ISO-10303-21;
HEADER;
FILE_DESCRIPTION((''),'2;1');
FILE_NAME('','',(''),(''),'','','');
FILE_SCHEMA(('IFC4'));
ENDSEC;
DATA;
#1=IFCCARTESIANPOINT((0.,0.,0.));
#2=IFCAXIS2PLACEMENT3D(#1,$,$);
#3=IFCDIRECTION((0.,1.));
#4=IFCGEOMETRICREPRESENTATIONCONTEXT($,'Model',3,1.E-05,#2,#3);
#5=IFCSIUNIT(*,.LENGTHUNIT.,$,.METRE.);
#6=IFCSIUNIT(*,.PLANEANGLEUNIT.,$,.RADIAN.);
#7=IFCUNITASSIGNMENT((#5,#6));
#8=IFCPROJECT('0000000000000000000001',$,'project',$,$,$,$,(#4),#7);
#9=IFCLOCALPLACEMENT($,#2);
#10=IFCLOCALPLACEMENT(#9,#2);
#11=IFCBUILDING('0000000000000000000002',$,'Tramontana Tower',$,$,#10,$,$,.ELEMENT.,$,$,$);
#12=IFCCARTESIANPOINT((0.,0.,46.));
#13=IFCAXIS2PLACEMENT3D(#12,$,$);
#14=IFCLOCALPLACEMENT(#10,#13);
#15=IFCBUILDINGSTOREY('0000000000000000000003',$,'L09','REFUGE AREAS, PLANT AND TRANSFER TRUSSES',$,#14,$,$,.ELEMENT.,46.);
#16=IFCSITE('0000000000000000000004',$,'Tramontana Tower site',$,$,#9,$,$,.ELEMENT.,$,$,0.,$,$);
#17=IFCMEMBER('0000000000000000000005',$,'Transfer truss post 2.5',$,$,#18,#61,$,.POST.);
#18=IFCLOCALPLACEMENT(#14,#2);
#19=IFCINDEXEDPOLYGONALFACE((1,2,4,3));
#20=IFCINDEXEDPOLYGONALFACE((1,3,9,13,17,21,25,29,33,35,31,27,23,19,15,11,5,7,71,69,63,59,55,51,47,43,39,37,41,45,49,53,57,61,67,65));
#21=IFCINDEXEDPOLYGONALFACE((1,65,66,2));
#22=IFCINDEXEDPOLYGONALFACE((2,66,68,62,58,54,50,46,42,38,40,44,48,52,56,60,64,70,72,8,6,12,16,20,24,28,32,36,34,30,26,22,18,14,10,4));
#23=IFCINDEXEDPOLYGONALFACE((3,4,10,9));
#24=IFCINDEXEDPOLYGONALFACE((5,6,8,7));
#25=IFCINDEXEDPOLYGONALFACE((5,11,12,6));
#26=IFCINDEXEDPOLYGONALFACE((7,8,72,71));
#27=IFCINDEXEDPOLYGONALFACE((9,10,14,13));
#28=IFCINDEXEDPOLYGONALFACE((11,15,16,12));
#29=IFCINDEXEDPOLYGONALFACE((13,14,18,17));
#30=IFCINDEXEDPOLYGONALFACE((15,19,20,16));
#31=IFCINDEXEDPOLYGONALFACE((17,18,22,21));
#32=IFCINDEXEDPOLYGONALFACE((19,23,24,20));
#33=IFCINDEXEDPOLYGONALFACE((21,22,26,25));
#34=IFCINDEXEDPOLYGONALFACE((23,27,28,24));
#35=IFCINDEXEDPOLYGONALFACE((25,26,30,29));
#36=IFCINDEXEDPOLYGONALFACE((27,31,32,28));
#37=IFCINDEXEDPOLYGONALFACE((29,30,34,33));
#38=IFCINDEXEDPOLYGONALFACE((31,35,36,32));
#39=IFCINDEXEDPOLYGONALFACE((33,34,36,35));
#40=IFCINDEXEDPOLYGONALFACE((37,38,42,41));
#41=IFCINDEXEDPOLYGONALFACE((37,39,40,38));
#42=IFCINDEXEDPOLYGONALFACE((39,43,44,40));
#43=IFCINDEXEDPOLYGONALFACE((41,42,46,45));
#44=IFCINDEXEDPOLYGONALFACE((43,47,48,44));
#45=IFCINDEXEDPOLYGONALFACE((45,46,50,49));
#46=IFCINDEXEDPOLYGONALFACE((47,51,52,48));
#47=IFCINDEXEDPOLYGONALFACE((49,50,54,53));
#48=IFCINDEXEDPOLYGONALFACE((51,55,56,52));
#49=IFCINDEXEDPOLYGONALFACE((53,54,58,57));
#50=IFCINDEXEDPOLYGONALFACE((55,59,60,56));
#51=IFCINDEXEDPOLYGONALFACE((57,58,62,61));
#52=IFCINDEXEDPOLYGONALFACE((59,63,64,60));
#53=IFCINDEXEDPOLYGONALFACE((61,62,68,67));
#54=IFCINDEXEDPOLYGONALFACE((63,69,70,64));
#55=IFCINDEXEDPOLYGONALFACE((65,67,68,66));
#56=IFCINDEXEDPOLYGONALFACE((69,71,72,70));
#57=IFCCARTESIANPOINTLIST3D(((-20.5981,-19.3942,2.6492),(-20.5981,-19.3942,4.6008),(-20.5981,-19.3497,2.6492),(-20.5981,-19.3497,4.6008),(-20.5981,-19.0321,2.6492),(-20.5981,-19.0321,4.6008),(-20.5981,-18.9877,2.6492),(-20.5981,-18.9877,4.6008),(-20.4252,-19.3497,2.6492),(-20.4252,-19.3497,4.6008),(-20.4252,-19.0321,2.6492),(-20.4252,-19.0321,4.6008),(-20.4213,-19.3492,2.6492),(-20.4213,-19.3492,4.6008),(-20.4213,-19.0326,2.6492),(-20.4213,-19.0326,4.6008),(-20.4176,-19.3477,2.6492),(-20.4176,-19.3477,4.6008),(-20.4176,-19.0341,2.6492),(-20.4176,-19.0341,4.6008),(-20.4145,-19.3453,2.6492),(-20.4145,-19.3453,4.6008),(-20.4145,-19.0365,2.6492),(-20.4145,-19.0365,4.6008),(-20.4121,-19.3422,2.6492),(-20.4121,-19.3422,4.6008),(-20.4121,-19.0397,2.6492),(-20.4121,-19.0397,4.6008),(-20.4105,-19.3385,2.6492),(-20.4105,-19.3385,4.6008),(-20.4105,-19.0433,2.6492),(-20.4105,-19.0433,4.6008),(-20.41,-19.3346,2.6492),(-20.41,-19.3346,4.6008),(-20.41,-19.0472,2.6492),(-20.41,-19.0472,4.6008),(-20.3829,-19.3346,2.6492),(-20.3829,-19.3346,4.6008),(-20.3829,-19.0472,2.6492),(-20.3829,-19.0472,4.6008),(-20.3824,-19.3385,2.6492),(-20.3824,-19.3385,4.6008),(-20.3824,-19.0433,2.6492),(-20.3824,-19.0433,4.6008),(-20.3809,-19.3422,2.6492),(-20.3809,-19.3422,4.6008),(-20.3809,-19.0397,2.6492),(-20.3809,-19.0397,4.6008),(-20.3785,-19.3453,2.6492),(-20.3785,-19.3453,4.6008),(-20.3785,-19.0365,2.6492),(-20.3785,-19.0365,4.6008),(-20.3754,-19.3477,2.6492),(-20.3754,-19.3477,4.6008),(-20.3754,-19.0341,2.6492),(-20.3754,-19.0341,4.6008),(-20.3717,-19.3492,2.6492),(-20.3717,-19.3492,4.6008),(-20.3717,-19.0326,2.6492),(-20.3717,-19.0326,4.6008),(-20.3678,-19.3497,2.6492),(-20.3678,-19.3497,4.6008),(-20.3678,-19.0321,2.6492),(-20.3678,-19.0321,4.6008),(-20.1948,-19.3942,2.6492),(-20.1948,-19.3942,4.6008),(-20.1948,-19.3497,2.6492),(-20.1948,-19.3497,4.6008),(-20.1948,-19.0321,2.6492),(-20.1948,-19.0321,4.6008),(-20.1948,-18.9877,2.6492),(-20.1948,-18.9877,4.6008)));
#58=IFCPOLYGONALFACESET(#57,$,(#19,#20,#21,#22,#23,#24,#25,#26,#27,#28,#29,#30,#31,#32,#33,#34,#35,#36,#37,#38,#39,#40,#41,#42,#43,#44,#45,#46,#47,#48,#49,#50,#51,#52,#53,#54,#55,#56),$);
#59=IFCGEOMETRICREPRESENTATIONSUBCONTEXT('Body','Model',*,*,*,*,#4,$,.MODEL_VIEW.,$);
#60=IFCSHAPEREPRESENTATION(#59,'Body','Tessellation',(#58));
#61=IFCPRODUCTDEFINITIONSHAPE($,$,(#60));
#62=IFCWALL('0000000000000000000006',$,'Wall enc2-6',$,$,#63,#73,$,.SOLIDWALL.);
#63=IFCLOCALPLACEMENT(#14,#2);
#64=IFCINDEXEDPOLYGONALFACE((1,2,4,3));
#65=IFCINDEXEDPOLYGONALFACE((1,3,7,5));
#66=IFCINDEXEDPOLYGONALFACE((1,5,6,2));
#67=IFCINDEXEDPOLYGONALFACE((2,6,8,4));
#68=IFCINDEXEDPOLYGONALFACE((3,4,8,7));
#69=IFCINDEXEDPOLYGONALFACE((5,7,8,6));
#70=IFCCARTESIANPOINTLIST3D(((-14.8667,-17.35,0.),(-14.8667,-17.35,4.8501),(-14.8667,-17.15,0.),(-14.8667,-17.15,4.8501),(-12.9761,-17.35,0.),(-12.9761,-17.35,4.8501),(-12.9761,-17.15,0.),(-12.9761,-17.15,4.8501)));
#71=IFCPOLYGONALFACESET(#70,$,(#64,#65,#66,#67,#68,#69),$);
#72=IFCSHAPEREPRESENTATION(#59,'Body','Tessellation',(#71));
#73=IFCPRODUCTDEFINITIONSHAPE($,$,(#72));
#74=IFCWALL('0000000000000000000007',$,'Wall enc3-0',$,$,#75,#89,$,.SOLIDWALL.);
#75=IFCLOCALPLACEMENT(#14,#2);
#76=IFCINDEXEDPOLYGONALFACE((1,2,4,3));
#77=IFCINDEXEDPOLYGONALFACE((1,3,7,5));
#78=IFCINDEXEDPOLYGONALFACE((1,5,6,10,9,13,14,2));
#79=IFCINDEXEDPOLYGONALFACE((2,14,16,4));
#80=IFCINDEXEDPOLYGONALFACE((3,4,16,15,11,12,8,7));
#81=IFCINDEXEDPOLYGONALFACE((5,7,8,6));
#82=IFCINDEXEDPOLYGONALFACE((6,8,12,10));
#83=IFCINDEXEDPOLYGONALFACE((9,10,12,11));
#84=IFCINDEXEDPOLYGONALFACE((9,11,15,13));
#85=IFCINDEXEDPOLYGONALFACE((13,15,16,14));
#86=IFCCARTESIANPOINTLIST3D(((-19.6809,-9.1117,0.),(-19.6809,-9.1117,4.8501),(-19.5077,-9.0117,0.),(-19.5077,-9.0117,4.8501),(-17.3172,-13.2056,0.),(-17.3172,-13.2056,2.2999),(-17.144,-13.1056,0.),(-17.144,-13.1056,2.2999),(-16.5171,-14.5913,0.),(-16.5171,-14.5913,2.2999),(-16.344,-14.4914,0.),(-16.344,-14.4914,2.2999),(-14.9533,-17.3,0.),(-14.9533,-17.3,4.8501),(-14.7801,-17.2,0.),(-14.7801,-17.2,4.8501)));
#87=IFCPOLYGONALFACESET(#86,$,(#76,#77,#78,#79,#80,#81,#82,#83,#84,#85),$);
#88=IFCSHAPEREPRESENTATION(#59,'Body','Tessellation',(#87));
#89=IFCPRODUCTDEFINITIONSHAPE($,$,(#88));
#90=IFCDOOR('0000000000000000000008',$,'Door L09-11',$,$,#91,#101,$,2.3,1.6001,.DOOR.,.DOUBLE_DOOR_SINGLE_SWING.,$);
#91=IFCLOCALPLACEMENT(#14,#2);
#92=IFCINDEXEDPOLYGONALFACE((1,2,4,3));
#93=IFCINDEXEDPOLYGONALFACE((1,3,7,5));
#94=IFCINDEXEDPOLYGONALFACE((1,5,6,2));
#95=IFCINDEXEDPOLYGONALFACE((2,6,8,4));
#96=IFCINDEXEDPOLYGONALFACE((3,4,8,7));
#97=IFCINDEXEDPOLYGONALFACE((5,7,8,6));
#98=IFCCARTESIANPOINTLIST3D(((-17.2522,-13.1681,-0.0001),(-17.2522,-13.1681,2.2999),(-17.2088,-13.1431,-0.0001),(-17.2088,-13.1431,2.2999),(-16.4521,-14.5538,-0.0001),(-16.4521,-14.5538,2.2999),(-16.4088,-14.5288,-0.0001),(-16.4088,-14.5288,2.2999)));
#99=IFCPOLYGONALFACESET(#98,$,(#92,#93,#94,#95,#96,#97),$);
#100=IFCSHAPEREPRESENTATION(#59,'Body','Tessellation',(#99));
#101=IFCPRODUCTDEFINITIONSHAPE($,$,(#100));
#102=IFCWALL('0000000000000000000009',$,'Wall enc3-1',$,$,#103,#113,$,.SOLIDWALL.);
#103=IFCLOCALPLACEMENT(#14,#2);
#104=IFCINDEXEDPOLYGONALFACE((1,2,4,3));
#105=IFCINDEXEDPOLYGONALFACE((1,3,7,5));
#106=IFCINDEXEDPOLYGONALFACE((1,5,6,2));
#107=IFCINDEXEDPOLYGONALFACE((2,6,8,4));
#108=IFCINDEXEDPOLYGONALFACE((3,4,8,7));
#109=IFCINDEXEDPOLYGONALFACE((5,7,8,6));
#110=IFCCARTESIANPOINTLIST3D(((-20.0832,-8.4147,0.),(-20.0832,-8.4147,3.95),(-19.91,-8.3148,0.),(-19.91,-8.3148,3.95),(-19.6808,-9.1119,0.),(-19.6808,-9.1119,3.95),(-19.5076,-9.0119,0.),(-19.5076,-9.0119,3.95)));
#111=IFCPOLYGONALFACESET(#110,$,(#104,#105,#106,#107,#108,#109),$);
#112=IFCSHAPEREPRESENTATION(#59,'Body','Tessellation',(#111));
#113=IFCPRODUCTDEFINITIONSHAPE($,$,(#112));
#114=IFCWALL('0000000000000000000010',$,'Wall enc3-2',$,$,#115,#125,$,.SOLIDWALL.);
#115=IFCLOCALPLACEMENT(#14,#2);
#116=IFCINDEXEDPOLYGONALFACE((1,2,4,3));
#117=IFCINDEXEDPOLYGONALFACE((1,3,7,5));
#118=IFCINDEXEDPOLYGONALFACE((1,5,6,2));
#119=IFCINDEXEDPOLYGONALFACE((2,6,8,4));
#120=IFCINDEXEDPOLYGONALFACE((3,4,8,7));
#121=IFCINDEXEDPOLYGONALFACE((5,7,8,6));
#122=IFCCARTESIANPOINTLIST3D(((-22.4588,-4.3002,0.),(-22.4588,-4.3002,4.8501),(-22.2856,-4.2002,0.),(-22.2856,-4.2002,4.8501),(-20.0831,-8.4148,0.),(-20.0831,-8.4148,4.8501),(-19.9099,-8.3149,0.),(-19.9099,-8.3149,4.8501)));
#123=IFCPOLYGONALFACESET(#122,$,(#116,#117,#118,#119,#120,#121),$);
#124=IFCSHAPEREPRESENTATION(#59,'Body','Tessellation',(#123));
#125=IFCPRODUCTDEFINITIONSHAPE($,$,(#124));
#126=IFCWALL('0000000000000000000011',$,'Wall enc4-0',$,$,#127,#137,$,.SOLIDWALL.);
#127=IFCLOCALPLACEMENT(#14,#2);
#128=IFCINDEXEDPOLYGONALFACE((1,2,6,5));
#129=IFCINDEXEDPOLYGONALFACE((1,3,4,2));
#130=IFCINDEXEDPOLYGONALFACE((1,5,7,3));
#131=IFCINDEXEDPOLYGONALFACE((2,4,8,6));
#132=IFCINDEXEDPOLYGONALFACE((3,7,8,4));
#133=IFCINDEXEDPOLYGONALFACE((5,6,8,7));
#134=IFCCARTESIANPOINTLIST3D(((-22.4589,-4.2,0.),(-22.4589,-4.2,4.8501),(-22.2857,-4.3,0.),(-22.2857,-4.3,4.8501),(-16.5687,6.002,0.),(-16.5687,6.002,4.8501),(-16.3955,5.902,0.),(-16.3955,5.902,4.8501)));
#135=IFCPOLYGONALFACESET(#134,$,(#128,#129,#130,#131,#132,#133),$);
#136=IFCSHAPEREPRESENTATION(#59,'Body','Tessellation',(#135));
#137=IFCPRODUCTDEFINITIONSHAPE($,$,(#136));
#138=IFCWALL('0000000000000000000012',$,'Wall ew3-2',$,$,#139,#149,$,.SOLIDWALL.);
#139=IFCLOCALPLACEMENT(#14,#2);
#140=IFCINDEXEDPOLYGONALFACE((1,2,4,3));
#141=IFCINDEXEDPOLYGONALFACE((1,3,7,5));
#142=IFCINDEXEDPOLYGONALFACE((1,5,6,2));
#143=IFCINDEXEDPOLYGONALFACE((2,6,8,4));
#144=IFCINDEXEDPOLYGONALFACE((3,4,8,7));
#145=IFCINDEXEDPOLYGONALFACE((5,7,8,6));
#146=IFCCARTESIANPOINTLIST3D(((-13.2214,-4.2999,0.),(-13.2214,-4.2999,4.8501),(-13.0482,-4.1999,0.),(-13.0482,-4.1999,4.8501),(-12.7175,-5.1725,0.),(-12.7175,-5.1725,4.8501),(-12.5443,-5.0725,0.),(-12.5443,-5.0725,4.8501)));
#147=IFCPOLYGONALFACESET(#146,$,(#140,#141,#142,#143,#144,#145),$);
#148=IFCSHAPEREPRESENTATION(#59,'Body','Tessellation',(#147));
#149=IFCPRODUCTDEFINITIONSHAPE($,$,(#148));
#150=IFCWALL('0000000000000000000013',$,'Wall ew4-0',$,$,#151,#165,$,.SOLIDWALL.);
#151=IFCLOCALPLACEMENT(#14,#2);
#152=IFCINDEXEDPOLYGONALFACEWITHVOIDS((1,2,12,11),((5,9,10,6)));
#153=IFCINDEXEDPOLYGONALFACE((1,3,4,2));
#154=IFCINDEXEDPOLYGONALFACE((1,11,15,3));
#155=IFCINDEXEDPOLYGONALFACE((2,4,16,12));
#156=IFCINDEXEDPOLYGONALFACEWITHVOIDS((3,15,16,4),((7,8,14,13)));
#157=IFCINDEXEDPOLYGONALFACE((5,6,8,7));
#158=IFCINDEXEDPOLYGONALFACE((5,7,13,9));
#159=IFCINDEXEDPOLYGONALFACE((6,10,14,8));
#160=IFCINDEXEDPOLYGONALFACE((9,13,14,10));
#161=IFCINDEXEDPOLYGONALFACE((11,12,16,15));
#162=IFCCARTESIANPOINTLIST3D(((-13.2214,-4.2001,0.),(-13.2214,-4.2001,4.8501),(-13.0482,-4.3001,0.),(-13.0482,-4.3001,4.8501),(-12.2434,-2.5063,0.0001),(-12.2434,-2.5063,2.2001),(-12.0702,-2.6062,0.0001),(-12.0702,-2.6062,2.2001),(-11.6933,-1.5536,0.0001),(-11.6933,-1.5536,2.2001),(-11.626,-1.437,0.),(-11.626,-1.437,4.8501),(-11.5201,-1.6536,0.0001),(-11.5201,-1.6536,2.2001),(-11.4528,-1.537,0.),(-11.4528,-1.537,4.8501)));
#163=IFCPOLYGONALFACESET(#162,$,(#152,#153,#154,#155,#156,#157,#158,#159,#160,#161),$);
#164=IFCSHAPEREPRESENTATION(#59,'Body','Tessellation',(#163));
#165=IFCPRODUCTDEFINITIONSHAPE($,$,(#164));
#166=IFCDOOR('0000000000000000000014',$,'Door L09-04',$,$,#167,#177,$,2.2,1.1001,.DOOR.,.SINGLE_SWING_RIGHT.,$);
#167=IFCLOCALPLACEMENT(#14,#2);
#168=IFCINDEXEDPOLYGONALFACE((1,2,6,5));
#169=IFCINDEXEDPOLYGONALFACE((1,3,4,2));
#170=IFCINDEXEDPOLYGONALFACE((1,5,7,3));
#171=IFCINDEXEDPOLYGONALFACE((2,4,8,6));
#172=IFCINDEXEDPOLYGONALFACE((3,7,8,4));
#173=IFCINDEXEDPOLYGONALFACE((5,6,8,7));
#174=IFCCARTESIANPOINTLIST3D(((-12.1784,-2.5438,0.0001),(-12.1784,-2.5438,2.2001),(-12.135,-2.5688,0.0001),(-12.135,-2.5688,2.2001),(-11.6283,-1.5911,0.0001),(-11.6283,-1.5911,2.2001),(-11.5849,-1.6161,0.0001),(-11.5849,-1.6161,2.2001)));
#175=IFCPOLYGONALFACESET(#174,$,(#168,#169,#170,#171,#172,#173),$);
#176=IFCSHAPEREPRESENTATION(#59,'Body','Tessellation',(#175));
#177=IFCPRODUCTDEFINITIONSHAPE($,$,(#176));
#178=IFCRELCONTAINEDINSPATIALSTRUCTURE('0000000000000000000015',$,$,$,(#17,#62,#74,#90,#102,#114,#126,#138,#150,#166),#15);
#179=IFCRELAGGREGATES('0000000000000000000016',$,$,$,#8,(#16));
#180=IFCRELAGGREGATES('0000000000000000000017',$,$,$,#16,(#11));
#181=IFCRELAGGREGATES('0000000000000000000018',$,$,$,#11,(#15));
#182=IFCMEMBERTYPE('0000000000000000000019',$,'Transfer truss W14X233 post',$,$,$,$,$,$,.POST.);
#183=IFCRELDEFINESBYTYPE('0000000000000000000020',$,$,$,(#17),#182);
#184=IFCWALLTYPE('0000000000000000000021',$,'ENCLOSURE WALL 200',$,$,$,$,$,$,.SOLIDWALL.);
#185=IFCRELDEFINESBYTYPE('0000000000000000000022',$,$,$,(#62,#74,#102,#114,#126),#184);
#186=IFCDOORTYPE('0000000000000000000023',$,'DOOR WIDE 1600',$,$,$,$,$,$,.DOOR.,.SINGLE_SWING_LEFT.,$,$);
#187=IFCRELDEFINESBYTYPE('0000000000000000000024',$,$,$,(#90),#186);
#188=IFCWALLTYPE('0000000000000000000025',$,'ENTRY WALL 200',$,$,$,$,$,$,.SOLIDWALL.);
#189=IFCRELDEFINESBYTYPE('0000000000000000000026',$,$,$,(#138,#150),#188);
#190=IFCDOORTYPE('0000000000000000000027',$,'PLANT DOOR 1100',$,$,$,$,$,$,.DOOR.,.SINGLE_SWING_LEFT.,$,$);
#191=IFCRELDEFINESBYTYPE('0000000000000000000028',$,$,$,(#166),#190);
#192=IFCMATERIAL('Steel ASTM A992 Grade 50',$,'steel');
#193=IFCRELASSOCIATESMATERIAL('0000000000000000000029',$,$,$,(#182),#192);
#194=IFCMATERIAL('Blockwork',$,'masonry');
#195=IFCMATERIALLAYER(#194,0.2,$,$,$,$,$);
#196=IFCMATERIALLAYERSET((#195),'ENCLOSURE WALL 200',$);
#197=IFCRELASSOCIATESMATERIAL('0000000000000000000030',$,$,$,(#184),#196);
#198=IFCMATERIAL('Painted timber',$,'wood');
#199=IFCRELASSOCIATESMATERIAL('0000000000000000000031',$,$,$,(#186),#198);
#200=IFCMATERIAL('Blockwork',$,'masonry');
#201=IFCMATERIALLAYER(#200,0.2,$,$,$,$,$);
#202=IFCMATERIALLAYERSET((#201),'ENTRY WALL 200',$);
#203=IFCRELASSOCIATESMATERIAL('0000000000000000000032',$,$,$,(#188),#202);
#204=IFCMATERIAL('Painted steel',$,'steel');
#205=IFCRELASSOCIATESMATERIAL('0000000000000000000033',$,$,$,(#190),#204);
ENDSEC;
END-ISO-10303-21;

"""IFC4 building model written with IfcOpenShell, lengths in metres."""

from ifc_helpers import new_model, si_unit, direction, frame, frame_2d, origin, origin_2d, place, context, subcontext, project, spatial, rectangle, i_section, extrude, material, layer, layer_set, material_profile, profile_set, type_object, element, fill, save


model = new_model("IFC4")

# Units and contexts
model_context = context("Model", 3, precision=1e-05, world=origin(), true_north=direction((0.0, 1.0)))
body_context = subcontext(model_context, "Body", "Model", "MODEL_VIEW")
ifc_project = project(units=[si_unit("LENGTHUNIT", "METRE"), si_unit("PLANEANGLEUNIT", "RADIAN")], contexts=[model_context])

# Site, building, storey
site_placement = place(None, origin())
site = spatial("IfcSite", under=ifc_project, at=site_placement, Name="Tramontana Tower site", CompositionType="ELEMENT", RefElevation=0.0)
building_placement = place(site_placement, origin())
building = spatial("IfcBuilding", under=site, at=building_placement, Name="Tramontana Tower", CompositionType="ELEMENT")
storey_placement = place(building_placement, frame((0.0, 0.0, 46.0)))
storey = spatial("IfcBuildingStorey", under=building, at=storey_placement, Name="L09", Description="REFUGE AREAS, PLANT AND TRANSFER TRUSSES", CompositionType="ELEMENT", Elevation=46.0)

# Member
ifc_material_1 = material(Name="Steel ASTM A992 Grade 50", Category="steel")
ifc_material_profile_1 = material_profile(ifc_material_1, i_section(OverallWidth=0.4033, OverallDepth=0.4065, WebThickness=0.0271, FlangeThickness=0.0444, FilletRadius=0.0151, at=origin_2d()), Name="W14X233")
ifc_profile_set_1 = profile_set([ifc_material_profile_1], Name="Steel ASTM A992 Grade 50")
member_type_1 = type_object("IfcMemberType", Name="Transfer truss W14X233 post", PredefinedType="POST", material=ifc_profile_set_1)
for number, where, z_axis, x_axis, name in (
    (1, (-20.3965, -19.1909, 2.6492), (0.0, 0.0, 1.0), (1.0, 0.0, 0.0), "Transfer truss post 2.5"),
):
    element("IfcMember", number, at=place(storey_placement, frame(where, z_axis=z_axis, x_axis=x_axis)), inside=storey, type_object=member_type_1, Name=name, PredefinedType="POST", context=body_context, shape_type="SweptSolid", body=[
        extrude(i_section(OverallWidth=0.4033, OverallDepth=0.4065, WebThickness=0.0271, FlangeThickness=0.0444, FilletRadius=0.0151, at=origin_2d()), origin(), (0.0, 0.0, 1.0), 1.9517),
    ])

# Wall
ifc_material_2 = material(Name="Blockwork", Category="masonry")
ifc_layer_1 = layer(ifc_material_2, 0.2)
ifc_layer_set_1 = layer_set([ifc_layer_1], Name="ENCLOSURE WALL 200")
wall_type_1 = type_object("IfcWallType", Name="ENCLOSURE WALL 200", PredefinedType="SOLIDWALL", material=ifc_layer_set_1)
wall_1_placement = place(storey_placement, frame((-12.9761, -17.25, 0.0), z_axis=(0.0, 0.0, 1.0), x_axis=(-1.0, 0.0, 0.0)))
element("IfcWall", 2, at=wall_1_placement, inside=storey, type_object=wall_type_1, Name="Wall enc2-6", PredefinedType="SOLIDWALL", context=body_context, shape_type="SweptSolid", body=[
    extrude(rectangle(XDim=1.8906, YDim=0.2, at=frame_2d((0.9453, 0.0))), origin(), (0.0, 0.0, 1.0), 4.8501),
])

# Wall, opening, door
wall_2_placement = place(storey_placement, frame((-14.8667, -17.25, 0.0), z_axis=(0.0, 0.0, 1.0), x_axis=(-0.500005, 0.866023, 0.0)))
wall_2 = element("IfcWall", 3, at=wall_2_placement, inside=storey, type_object=wall_type_1, Name="Wall enc3-0", PredefinedType="SOLIDWALL", context=body_context, shape_type="SweptSolid", body=[
    extrude(rectangle(XDim=9.4551, YDim=0.2, at=frame_2d((4.7275, 0.0))), origin(), (0.0, 0.0, 1.0), 4.8501),
])
opening_1_placement = place(wall_2_placement, frame((3.1277, 0.0, 0.0)))
opening_1 = element("IfcOpeningElement", 4, at=opening_1_placement, cuts=wall_2, PredefinedType="OPENING", context=body_context, shape_type="SweptSolid", body=[
    extrude(rectangle(XDim=1.6001, YDim=2.3, at=frame_2d((0.8, 1.1499))), frame((0.0, 0.1099, 0.0), z_axis=(0.0, -1.0, 0.0), x_axis=(1.0, 0.0, 0.0)), (0.0, 0.0, 1.0), 0.22),
])
ifc_material_3 = material(Name="Painted timber", Category="wood")
door_type_1 = type_object("IfcDoorType", Name="DOOR WIDE 1600", OperationType="SINGLE_SWING_LEFT", PredefinedType="DOOR", material=ifc_material_3)
door_1_placement = place(opening_1_placement, origin())
door_1 = element("IfcDoor", 5, at=door_1_placement, inside=storey, type_object=door_type_1, Name="Door L09-11", OperationType="DOUBLE_DOOR_SINGLE_SWING", OverallHeight=2.3, OverallWidth=1.6001, PredefinedType="DOOR", context=body_context, shape_type="SweptSolid", body=[
    extrude(rectangle(XDim=1.6001, YDim=2.3, at=frame_2d((0.8, 1.1499))), frame((0.0, 0.0249, 0.0), z_axis=(0.0, -1.0, 0.0), x_axis=(1.0, 0.0, 0.0)), (0.0, 0.0, 1.0), 0.05),
])
fill(opening_1, door_1)

# Walls
wall_3_placement = place(storey_placement, frame((-19.5942, -9.0618, 0.0), z_axis=(0.0, 0.0, 1.0), x_axis=(-0.499924, 0.866069, 0.0)))
element("IfcWall", 6, at=wall_3_placement, inside=storey, type_object=wall_type_1, Name="Wall enc3-1", PredefinedType="SOLIDWALL", context=body_context, shape_type="SweptSolid", body=[
    extrude(rectangle(XDim=0.8049, YDim=0.2, at=frame_2d((0.4023, 0.0))), origin(), (0.0, 0.0, 1.0), 3.95),
])
wall_4_placement = place(storey_placement, frame((-19.9966, -8.3647, 0.0), z_axis=(0.0, 0.0, 1.0), x_axis=(-0.500013, 0.866018, 0.0)))
element("IfcWall", 7, at=wall_4_placement, inside=storey, type_object=wall_type_1, Name="Wall enc3-2", PredefinedType="SOLIDWALL", context=body_context, shape_type="SweptSolid", body=[
    extrude(rectangle(XDim=4.7512, YDim=0.2, at=frame_2d((2.3755, 0.0))), origin(), (0.0, 0.0, 1.0), 4.8501),
])
wall_5_placement = place(storey_placement, frame((-22.3723, -4.25, 0.0), z_axis=(0.0, 0.0, 1.0), x_axis=(0.500004, 0.866023, 0.0)))
element("IfcWall", 8, at=wall_5_placement, inside=storey, type_object=wall_type_1, Name="Wall enc4-0", PredefinedType="SOLIDWALL", context=body_context, shape_type="SweptSolid", body=[
    extrude(rectangle(XDim=11.7803, YDim=0.2, at=frame_2d((5.8901, 0.0))), origin(), (0.0, 0.0, 1.0), 4.8501),
])
ifc_material_4 = material(Name="Blockwork", Category="masonry")
ifc_layer_2 = layer(ifc_material_4, 0.2)
ifc_layer_set_2 = layer_set([ifc_layer_2], Name="ENTRY WALL 200")
wall_type_2 = type_object("IfcWallType", Name="ENTRY WALL 200", PredefinedType="SOLIDWALL", material=ifc_layer_set_2)
wall_6_placement = place(storey_placement, frame((-12.6309, -5.1226, 0.0), z_axis=(0.0, 0.0, 1.0), x_axis=(-0.5001, 0.865968, 0.0)))
element("IfcWall", 9, at=wall_6_placement, inside=storey, type_object=wall_type_2, Name="Wall ew3-2", PredefinedType="SOLIDWALL", context=body_context, shape_type="SweptSolid", body=[
    extrude(rectangle(XDim=1.0076, YDim=0.2, at=frame_2d((0.5039, 0.0))), origin(), (0.0, 0.0, 1.0), 4.8501),
])

# Wall, opening, door
wall_7_placement = place(storey_placement, frame((-13.1348, -4.25, 0.0), z_axis=(0.0, 0.0, 1.0), x_axis=(0.500032, 0.866007, 0.0)))
wall_7 = element("IfcWall", 10, at=wall_7_placement, inside=storey, type_object=wall_type_2, Name="Wall ew4-0", PredefinedType="SOLIDWALL", context=body_context, shape_type="SweptSolid", body=[
    extrude(rectangle(XDim=3.1907, YDim=0.2, at=frame_2d((1.5952, 0.0))), origin(), (0.0, 0.0, 1.0), 4.8501),
])
opening_2_placement = place(wall_7_placement, frame((1.9558, 0.0, 0.0)))
opening_2 = element("IfcOpeningElement", 11, at=opening_2_placement, cuts=wall_7, PredefinedType="OPENING", context=body_context, shape_type="SweptSolid", body=[
    extrude(rectangle(XDim=1.1001, YDim=2.2, at=frame_2d((0.55, 1.1001))), frame((0.0, 0.1099, 0.0), z_axis=(0.0, -1.0, 0.0), x_axis=(1.0, 0.0, 0.0)), (0.0, 0.0, 1.0), 0.22),
])
ifc_material_5 = material(Name="Painted steel", Category="steel")
door_type_2 = type_object("IfcDoorType", Name="PLANT DOOR 1100", OperationType="SINGLE_SWING_LEFT", PredefinedType="DOOR", material=ifc_material_5)
door_2_placement = place(opening_2_placement, origin())
door_2 = element("IfcDoor", 12, at=door_2_placement, inside=storey, type_object=door_type_2, Name="Door L09-04", OperationType="SINGLE_SWING_RIGHT", OverallHeight=2.2, OverallWidth=1.1001, PredefinedType="DOOR", context=body_context, shape_type="SweptSolid", body=[
    extrude(rectangle(XDim=1.1001, YDim=2.2, at=frame_2d((0.55, 1.1001))), frame((0.0, 0.0249, 0.0), z_axis=(0.0, -1.0, 0.0), x_axis=(1.0, 0.0, 0.0)), (0.0, 0.0, 1.0), 0.05),
])
fill(opening_2, door_2)

save(model, "model.ifc")
